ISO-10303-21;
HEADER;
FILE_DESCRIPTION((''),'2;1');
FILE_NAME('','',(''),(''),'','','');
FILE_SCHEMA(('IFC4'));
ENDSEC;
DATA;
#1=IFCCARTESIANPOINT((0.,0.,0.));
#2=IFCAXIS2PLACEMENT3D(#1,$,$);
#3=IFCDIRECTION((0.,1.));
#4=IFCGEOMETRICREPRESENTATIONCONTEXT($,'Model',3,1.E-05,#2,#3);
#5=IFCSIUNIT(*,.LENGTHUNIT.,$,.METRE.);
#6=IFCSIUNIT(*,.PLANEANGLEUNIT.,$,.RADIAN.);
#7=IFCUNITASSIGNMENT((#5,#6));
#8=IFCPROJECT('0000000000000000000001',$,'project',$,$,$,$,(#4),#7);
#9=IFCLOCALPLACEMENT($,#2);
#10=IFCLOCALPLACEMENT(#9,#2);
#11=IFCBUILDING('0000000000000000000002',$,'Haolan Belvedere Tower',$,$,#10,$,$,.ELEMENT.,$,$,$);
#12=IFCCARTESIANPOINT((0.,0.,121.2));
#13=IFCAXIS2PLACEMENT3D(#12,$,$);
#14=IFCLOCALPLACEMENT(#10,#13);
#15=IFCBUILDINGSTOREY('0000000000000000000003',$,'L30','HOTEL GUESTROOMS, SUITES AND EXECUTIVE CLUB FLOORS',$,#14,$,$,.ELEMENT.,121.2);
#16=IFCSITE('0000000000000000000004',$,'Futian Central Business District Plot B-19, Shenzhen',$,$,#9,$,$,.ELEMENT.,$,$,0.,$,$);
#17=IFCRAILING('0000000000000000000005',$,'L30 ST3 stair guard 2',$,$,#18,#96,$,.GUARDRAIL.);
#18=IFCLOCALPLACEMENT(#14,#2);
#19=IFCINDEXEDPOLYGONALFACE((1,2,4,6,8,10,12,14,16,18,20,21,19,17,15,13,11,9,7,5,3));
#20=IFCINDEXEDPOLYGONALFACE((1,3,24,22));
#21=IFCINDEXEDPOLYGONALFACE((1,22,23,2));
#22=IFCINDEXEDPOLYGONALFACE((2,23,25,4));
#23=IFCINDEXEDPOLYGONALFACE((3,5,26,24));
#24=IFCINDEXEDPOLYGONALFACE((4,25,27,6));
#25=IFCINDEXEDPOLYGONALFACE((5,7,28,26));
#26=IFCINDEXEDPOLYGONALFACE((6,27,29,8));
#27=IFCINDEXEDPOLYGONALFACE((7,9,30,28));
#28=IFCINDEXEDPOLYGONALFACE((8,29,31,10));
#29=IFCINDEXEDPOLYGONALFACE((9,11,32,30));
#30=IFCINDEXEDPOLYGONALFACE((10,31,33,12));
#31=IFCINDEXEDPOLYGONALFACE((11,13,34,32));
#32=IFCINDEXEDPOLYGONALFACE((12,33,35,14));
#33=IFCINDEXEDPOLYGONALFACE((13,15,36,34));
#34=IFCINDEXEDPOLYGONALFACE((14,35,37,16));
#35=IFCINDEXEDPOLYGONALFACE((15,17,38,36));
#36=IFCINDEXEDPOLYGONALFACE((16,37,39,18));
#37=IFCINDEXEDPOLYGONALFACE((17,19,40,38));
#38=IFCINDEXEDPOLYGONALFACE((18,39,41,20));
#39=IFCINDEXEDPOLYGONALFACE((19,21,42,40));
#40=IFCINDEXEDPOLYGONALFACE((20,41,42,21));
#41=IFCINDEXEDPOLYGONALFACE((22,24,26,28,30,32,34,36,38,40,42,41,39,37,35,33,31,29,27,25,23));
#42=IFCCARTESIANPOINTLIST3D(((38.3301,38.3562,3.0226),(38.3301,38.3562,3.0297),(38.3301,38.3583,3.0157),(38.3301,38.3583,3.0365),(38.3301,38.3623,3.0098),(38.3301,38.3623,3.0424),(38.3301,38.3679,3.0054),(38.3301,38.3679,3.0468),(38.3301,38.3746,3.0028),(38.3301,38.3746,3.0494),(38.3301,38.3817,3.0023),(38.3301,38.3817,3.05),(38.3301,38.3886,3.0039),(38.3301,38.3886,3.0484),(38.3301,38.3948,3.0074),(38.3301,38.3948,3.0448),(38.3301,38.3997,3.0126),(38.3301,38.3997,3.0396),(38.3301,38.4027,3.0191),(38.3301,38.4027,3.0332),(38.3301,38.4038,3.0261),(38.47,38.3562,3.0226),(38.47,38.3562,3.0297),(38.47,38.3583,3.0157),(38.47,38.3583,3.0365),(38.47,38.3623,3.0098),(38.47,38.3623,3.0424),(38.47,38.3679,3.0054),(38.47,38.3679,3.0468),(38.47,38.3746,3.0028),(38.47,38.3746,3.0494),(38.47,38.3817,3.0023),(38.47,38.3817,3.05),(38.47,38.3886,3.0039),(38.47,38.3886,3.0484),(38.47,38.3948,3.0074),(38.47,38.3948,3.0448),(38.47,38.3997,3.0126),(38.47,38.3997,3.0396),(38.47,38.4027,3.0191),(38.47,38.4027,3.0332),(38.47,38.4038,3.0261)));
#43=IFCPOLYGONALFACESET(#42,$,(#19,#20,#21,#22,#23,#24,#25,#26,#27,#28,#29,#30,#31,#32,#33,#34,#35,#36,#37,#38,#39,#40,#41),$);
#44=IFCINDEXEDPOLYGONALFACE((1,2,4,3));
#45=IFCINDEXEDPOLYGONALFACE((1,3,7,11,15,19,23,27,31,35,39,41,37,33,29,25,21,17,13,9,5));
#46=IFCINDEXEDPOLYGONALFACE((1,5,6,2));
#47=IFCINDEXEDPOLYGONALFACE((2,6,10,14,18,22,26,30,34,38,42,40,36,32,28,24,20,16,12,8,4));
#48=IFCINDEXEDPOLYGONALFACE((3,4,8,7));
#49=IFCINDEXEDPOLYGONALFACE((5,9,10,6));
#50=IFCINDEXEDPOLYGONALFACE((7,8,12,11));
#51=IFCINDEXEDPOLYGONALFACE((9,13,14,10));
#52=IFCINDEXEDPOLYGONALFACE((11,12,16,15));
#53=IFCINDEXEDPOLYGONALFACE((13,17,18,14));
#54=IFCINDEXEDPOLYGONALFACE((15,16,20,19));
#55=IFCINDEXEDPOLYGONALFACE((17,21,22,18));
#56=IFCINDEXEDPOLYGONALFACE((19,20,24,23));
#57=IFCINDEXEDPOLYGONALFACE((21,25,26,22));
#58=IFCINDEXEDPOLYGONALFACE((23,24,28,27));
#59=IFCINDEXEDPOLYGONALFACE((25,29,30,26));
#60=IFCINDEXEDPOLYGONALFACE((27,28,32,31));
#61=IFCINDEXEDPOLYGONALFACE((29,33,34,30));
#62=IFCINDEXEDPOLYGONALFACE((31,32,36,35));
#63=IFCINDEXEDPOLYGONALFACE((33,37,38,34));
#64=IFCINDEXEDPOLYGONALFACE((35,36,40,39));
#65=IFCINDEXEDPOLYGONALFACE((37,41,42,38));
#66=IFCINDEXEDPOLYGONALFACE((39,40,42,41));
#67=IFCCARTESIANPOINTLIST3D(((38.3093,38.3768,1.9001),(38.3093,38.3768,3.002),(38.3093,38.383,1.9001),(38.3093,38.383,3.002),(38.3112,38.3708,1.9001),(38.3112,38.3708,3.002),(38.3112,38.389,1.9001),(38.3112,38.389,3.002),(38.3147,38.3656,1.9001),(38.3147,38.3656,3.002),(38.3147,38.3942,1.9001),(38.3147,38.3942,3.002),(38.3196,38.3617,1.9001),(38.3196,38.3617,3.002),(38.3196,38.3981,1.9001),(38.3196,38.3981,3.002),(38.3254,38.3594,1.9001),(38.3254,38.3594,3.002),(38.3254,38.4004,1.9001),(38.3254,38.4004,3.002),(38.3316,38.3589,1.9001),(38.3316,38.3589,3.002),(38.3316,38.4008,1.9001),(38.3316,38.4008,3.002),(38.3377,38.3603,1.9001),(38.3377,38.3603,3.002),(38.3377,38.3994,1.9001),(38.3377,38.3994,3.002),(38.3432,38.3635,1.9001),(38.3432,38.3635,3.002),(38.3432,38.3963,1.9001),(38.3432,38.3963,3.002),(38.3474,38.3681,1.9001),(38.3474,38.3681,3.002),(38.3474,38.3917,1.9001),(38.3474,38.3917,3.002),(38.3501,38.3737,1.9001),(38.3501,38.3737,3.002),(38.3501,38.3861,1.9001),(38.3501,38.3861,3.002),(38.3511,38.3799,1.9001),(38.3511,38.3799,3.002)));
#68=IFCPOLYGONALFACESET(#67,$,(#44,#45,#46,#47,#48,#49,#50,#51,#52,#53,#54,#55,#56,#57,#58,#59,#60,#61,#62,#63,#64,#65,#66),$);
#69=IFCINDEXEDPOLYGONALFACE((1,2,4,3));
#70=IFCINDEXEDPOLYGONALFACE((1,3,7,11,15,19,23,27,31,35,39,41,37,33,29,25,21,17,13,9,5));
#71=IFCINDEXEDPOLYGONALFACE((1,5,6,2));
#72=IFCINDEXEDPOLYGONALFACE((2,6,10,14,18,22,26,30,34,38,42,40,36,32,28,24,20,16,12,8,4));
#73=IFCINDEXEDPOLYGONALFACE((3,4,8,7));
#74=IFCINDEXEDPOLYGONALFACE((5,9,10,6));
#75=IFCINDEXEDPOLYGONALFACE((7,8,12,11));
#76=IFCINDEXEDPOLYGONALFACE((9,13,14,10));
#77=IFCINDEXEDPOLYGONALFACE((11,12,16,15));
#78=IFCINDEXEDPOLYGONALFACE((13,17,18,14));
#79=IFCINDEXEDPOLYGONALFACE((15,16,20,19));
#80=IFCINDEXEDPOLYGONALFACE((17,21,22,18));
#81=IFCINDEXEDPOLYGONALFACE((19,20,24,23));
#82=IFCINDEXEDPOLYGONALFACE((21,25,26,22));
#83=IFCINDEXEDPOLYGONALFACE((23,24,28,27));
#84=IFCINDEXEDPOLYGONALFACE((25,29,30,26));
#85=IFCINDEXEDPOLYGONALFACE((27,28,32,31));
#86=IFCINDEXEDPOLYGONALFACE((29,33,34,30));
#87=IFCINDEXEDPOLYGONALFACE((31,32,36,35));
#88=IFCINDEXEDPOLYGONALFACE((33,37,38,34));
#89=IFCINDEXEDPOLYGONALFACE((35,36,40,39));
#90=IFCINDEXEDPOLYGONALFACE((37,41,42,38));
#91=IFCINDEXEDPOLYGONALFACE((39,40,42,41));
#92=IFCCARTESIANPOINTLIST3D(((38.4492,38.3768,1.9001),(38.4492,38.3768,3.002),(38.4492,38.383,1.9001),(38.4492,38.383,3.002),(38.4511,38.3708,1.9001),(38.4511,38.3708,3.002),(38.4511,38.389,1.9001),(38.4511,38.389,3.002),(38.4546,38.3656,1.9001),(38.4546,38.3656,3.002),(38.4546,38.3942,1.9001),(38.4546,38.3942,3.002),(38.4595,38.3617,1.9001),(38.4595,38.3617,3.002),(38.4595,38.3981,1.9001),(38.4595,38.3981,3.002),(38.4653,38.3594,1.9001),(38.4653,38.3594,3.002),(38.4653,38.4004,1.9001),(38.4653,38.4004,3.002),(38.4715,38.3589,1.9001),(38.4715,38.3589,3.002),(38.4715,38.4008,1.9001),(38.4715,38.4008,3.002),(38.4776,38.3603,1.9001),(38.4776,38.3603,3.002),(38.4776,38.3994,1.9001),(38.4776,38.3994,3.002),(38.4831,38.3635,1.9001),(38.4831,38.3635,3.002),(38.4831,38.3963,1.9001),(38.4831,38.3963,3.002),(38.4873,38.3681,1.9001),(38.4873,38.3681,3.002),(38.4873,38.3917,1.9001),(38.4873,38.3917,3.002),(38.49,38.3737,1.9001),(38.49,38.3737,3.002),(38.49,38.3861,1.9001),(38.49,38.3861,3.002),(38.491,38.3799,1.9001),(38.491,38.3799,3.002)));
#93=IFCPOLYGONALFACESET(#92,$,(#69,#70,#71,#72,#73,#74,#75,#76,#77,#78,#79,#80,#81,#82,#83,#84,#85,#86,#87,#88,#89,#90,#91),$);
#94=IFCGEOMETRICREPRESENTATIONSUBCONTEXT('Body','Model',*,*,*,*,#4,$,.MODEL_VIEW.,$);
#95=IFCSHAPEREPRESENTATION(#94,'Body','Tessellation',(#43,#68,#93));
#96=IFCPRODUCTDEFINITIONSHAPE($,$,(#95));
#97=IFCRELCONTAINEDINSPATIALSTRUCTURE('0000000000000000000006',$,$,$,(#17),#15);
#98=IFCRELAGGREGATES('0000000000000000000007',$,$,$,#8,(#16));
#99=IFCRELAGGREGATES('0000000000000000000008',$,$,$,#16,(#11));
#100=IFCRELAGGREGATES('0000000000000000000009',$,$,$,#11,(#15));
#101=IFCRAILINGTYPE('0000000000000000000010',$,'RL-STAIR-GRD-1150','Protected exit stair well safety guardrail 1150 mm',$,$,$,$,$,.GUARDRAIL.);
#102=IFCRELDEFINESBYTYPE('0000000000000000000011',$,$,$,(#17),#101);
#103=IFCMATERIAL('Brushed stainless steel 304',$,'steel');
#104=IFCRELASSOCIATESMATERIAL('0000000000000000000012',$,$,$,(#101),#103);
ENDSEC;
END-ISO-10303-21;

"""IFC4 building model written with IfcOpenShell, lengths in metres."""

from ifc_helpers import new_model, si_unit, direction, frame, origin, origin_2d, place, context, subcontext, project, spatial, circle, extrude, material, type_object, element, save


model = new_model("IFC4")

# Units and contexts
model_context = context("Model", 3, precision=1e-05, world=origin(), true_north=direction((0.0, 1.0)))
body_context = subcontext(model_context, "Body", "Model", "MODEL_VIEW")
ifc_project = project(units=[si_unit("LENGTHUNIT", "METRE"), si_unit("PLANEANGLEUNIT", "RADIAN")], contexts=[model_context])

# Site, building, storey
site_placement = place(None, origin())
site = spatial("IfcSite", under=ifc_project, at=site_placement, Name="Futian Central Business District Plot B-19, Shenzhen", CompositionType="ELEMENT", RefElevation=0.0)
building_placement = place(site_placement, origin())
building = spatial("IfcBuilding", under=site, at=building_placement, Name="Haolan Belvedere Tower", CompositionType="ELEMENT")
storey_placement = place(building_placement, frame((0.0, 0.0, 121.2)))
storey = spatial("IfcBuildingStorey", under=building, at=storey_placement, Name="L30", Description="HOTEL GUESTROOMS, SUITES AND EXECUTIVE CLUB FLOORS", CompositionType="ELEMENT", Elevation=121.2)

# Railing
ifc_material_1 = material(Name="Brushed stainless steel 304", Category="steel")
railing_type_1 = type_object("IfcRailingType", Name="RL-STAIR-GRD-1150", Description="Protected exit stair well safety guardrail 1150 mm", PredefinedType="GUARDRAIL", material=ifc_material_1)
railing_1_placement = place(storey_placement, frame((38.3301, 38.3799, 1.9001)))
element("IfcRailing", 1, at=railing_1_placement, inside=storey, type_object=railing_type_1, Name="L30 ST3 stair guard 2", PredefinedType="GUARDRAIL", context=body_context, shape_type="SweptSolid", body=[
    extrude(circle(Radius=0.0239, at=origin_2d()), frame((0.0, 0.0, 1.126), z_axis=(1.0, 0.0, 0.0), x_axis=(0.0, 1.0, 0.0)), (0.0, 0.0, 1.0), 0.1399),
    extrude(circle(Radius=0.021, at=origin_2d()), origin(), (0.0, 0.0, 1.0), 1.1018),
    extrude(circle(Radius=0.021, at=origin_2d()), frame((0.1399, 0.0, 0.0)), (0.0, 0.0, 1.0), 1.1018),
])

save(model, "model.ifc")
